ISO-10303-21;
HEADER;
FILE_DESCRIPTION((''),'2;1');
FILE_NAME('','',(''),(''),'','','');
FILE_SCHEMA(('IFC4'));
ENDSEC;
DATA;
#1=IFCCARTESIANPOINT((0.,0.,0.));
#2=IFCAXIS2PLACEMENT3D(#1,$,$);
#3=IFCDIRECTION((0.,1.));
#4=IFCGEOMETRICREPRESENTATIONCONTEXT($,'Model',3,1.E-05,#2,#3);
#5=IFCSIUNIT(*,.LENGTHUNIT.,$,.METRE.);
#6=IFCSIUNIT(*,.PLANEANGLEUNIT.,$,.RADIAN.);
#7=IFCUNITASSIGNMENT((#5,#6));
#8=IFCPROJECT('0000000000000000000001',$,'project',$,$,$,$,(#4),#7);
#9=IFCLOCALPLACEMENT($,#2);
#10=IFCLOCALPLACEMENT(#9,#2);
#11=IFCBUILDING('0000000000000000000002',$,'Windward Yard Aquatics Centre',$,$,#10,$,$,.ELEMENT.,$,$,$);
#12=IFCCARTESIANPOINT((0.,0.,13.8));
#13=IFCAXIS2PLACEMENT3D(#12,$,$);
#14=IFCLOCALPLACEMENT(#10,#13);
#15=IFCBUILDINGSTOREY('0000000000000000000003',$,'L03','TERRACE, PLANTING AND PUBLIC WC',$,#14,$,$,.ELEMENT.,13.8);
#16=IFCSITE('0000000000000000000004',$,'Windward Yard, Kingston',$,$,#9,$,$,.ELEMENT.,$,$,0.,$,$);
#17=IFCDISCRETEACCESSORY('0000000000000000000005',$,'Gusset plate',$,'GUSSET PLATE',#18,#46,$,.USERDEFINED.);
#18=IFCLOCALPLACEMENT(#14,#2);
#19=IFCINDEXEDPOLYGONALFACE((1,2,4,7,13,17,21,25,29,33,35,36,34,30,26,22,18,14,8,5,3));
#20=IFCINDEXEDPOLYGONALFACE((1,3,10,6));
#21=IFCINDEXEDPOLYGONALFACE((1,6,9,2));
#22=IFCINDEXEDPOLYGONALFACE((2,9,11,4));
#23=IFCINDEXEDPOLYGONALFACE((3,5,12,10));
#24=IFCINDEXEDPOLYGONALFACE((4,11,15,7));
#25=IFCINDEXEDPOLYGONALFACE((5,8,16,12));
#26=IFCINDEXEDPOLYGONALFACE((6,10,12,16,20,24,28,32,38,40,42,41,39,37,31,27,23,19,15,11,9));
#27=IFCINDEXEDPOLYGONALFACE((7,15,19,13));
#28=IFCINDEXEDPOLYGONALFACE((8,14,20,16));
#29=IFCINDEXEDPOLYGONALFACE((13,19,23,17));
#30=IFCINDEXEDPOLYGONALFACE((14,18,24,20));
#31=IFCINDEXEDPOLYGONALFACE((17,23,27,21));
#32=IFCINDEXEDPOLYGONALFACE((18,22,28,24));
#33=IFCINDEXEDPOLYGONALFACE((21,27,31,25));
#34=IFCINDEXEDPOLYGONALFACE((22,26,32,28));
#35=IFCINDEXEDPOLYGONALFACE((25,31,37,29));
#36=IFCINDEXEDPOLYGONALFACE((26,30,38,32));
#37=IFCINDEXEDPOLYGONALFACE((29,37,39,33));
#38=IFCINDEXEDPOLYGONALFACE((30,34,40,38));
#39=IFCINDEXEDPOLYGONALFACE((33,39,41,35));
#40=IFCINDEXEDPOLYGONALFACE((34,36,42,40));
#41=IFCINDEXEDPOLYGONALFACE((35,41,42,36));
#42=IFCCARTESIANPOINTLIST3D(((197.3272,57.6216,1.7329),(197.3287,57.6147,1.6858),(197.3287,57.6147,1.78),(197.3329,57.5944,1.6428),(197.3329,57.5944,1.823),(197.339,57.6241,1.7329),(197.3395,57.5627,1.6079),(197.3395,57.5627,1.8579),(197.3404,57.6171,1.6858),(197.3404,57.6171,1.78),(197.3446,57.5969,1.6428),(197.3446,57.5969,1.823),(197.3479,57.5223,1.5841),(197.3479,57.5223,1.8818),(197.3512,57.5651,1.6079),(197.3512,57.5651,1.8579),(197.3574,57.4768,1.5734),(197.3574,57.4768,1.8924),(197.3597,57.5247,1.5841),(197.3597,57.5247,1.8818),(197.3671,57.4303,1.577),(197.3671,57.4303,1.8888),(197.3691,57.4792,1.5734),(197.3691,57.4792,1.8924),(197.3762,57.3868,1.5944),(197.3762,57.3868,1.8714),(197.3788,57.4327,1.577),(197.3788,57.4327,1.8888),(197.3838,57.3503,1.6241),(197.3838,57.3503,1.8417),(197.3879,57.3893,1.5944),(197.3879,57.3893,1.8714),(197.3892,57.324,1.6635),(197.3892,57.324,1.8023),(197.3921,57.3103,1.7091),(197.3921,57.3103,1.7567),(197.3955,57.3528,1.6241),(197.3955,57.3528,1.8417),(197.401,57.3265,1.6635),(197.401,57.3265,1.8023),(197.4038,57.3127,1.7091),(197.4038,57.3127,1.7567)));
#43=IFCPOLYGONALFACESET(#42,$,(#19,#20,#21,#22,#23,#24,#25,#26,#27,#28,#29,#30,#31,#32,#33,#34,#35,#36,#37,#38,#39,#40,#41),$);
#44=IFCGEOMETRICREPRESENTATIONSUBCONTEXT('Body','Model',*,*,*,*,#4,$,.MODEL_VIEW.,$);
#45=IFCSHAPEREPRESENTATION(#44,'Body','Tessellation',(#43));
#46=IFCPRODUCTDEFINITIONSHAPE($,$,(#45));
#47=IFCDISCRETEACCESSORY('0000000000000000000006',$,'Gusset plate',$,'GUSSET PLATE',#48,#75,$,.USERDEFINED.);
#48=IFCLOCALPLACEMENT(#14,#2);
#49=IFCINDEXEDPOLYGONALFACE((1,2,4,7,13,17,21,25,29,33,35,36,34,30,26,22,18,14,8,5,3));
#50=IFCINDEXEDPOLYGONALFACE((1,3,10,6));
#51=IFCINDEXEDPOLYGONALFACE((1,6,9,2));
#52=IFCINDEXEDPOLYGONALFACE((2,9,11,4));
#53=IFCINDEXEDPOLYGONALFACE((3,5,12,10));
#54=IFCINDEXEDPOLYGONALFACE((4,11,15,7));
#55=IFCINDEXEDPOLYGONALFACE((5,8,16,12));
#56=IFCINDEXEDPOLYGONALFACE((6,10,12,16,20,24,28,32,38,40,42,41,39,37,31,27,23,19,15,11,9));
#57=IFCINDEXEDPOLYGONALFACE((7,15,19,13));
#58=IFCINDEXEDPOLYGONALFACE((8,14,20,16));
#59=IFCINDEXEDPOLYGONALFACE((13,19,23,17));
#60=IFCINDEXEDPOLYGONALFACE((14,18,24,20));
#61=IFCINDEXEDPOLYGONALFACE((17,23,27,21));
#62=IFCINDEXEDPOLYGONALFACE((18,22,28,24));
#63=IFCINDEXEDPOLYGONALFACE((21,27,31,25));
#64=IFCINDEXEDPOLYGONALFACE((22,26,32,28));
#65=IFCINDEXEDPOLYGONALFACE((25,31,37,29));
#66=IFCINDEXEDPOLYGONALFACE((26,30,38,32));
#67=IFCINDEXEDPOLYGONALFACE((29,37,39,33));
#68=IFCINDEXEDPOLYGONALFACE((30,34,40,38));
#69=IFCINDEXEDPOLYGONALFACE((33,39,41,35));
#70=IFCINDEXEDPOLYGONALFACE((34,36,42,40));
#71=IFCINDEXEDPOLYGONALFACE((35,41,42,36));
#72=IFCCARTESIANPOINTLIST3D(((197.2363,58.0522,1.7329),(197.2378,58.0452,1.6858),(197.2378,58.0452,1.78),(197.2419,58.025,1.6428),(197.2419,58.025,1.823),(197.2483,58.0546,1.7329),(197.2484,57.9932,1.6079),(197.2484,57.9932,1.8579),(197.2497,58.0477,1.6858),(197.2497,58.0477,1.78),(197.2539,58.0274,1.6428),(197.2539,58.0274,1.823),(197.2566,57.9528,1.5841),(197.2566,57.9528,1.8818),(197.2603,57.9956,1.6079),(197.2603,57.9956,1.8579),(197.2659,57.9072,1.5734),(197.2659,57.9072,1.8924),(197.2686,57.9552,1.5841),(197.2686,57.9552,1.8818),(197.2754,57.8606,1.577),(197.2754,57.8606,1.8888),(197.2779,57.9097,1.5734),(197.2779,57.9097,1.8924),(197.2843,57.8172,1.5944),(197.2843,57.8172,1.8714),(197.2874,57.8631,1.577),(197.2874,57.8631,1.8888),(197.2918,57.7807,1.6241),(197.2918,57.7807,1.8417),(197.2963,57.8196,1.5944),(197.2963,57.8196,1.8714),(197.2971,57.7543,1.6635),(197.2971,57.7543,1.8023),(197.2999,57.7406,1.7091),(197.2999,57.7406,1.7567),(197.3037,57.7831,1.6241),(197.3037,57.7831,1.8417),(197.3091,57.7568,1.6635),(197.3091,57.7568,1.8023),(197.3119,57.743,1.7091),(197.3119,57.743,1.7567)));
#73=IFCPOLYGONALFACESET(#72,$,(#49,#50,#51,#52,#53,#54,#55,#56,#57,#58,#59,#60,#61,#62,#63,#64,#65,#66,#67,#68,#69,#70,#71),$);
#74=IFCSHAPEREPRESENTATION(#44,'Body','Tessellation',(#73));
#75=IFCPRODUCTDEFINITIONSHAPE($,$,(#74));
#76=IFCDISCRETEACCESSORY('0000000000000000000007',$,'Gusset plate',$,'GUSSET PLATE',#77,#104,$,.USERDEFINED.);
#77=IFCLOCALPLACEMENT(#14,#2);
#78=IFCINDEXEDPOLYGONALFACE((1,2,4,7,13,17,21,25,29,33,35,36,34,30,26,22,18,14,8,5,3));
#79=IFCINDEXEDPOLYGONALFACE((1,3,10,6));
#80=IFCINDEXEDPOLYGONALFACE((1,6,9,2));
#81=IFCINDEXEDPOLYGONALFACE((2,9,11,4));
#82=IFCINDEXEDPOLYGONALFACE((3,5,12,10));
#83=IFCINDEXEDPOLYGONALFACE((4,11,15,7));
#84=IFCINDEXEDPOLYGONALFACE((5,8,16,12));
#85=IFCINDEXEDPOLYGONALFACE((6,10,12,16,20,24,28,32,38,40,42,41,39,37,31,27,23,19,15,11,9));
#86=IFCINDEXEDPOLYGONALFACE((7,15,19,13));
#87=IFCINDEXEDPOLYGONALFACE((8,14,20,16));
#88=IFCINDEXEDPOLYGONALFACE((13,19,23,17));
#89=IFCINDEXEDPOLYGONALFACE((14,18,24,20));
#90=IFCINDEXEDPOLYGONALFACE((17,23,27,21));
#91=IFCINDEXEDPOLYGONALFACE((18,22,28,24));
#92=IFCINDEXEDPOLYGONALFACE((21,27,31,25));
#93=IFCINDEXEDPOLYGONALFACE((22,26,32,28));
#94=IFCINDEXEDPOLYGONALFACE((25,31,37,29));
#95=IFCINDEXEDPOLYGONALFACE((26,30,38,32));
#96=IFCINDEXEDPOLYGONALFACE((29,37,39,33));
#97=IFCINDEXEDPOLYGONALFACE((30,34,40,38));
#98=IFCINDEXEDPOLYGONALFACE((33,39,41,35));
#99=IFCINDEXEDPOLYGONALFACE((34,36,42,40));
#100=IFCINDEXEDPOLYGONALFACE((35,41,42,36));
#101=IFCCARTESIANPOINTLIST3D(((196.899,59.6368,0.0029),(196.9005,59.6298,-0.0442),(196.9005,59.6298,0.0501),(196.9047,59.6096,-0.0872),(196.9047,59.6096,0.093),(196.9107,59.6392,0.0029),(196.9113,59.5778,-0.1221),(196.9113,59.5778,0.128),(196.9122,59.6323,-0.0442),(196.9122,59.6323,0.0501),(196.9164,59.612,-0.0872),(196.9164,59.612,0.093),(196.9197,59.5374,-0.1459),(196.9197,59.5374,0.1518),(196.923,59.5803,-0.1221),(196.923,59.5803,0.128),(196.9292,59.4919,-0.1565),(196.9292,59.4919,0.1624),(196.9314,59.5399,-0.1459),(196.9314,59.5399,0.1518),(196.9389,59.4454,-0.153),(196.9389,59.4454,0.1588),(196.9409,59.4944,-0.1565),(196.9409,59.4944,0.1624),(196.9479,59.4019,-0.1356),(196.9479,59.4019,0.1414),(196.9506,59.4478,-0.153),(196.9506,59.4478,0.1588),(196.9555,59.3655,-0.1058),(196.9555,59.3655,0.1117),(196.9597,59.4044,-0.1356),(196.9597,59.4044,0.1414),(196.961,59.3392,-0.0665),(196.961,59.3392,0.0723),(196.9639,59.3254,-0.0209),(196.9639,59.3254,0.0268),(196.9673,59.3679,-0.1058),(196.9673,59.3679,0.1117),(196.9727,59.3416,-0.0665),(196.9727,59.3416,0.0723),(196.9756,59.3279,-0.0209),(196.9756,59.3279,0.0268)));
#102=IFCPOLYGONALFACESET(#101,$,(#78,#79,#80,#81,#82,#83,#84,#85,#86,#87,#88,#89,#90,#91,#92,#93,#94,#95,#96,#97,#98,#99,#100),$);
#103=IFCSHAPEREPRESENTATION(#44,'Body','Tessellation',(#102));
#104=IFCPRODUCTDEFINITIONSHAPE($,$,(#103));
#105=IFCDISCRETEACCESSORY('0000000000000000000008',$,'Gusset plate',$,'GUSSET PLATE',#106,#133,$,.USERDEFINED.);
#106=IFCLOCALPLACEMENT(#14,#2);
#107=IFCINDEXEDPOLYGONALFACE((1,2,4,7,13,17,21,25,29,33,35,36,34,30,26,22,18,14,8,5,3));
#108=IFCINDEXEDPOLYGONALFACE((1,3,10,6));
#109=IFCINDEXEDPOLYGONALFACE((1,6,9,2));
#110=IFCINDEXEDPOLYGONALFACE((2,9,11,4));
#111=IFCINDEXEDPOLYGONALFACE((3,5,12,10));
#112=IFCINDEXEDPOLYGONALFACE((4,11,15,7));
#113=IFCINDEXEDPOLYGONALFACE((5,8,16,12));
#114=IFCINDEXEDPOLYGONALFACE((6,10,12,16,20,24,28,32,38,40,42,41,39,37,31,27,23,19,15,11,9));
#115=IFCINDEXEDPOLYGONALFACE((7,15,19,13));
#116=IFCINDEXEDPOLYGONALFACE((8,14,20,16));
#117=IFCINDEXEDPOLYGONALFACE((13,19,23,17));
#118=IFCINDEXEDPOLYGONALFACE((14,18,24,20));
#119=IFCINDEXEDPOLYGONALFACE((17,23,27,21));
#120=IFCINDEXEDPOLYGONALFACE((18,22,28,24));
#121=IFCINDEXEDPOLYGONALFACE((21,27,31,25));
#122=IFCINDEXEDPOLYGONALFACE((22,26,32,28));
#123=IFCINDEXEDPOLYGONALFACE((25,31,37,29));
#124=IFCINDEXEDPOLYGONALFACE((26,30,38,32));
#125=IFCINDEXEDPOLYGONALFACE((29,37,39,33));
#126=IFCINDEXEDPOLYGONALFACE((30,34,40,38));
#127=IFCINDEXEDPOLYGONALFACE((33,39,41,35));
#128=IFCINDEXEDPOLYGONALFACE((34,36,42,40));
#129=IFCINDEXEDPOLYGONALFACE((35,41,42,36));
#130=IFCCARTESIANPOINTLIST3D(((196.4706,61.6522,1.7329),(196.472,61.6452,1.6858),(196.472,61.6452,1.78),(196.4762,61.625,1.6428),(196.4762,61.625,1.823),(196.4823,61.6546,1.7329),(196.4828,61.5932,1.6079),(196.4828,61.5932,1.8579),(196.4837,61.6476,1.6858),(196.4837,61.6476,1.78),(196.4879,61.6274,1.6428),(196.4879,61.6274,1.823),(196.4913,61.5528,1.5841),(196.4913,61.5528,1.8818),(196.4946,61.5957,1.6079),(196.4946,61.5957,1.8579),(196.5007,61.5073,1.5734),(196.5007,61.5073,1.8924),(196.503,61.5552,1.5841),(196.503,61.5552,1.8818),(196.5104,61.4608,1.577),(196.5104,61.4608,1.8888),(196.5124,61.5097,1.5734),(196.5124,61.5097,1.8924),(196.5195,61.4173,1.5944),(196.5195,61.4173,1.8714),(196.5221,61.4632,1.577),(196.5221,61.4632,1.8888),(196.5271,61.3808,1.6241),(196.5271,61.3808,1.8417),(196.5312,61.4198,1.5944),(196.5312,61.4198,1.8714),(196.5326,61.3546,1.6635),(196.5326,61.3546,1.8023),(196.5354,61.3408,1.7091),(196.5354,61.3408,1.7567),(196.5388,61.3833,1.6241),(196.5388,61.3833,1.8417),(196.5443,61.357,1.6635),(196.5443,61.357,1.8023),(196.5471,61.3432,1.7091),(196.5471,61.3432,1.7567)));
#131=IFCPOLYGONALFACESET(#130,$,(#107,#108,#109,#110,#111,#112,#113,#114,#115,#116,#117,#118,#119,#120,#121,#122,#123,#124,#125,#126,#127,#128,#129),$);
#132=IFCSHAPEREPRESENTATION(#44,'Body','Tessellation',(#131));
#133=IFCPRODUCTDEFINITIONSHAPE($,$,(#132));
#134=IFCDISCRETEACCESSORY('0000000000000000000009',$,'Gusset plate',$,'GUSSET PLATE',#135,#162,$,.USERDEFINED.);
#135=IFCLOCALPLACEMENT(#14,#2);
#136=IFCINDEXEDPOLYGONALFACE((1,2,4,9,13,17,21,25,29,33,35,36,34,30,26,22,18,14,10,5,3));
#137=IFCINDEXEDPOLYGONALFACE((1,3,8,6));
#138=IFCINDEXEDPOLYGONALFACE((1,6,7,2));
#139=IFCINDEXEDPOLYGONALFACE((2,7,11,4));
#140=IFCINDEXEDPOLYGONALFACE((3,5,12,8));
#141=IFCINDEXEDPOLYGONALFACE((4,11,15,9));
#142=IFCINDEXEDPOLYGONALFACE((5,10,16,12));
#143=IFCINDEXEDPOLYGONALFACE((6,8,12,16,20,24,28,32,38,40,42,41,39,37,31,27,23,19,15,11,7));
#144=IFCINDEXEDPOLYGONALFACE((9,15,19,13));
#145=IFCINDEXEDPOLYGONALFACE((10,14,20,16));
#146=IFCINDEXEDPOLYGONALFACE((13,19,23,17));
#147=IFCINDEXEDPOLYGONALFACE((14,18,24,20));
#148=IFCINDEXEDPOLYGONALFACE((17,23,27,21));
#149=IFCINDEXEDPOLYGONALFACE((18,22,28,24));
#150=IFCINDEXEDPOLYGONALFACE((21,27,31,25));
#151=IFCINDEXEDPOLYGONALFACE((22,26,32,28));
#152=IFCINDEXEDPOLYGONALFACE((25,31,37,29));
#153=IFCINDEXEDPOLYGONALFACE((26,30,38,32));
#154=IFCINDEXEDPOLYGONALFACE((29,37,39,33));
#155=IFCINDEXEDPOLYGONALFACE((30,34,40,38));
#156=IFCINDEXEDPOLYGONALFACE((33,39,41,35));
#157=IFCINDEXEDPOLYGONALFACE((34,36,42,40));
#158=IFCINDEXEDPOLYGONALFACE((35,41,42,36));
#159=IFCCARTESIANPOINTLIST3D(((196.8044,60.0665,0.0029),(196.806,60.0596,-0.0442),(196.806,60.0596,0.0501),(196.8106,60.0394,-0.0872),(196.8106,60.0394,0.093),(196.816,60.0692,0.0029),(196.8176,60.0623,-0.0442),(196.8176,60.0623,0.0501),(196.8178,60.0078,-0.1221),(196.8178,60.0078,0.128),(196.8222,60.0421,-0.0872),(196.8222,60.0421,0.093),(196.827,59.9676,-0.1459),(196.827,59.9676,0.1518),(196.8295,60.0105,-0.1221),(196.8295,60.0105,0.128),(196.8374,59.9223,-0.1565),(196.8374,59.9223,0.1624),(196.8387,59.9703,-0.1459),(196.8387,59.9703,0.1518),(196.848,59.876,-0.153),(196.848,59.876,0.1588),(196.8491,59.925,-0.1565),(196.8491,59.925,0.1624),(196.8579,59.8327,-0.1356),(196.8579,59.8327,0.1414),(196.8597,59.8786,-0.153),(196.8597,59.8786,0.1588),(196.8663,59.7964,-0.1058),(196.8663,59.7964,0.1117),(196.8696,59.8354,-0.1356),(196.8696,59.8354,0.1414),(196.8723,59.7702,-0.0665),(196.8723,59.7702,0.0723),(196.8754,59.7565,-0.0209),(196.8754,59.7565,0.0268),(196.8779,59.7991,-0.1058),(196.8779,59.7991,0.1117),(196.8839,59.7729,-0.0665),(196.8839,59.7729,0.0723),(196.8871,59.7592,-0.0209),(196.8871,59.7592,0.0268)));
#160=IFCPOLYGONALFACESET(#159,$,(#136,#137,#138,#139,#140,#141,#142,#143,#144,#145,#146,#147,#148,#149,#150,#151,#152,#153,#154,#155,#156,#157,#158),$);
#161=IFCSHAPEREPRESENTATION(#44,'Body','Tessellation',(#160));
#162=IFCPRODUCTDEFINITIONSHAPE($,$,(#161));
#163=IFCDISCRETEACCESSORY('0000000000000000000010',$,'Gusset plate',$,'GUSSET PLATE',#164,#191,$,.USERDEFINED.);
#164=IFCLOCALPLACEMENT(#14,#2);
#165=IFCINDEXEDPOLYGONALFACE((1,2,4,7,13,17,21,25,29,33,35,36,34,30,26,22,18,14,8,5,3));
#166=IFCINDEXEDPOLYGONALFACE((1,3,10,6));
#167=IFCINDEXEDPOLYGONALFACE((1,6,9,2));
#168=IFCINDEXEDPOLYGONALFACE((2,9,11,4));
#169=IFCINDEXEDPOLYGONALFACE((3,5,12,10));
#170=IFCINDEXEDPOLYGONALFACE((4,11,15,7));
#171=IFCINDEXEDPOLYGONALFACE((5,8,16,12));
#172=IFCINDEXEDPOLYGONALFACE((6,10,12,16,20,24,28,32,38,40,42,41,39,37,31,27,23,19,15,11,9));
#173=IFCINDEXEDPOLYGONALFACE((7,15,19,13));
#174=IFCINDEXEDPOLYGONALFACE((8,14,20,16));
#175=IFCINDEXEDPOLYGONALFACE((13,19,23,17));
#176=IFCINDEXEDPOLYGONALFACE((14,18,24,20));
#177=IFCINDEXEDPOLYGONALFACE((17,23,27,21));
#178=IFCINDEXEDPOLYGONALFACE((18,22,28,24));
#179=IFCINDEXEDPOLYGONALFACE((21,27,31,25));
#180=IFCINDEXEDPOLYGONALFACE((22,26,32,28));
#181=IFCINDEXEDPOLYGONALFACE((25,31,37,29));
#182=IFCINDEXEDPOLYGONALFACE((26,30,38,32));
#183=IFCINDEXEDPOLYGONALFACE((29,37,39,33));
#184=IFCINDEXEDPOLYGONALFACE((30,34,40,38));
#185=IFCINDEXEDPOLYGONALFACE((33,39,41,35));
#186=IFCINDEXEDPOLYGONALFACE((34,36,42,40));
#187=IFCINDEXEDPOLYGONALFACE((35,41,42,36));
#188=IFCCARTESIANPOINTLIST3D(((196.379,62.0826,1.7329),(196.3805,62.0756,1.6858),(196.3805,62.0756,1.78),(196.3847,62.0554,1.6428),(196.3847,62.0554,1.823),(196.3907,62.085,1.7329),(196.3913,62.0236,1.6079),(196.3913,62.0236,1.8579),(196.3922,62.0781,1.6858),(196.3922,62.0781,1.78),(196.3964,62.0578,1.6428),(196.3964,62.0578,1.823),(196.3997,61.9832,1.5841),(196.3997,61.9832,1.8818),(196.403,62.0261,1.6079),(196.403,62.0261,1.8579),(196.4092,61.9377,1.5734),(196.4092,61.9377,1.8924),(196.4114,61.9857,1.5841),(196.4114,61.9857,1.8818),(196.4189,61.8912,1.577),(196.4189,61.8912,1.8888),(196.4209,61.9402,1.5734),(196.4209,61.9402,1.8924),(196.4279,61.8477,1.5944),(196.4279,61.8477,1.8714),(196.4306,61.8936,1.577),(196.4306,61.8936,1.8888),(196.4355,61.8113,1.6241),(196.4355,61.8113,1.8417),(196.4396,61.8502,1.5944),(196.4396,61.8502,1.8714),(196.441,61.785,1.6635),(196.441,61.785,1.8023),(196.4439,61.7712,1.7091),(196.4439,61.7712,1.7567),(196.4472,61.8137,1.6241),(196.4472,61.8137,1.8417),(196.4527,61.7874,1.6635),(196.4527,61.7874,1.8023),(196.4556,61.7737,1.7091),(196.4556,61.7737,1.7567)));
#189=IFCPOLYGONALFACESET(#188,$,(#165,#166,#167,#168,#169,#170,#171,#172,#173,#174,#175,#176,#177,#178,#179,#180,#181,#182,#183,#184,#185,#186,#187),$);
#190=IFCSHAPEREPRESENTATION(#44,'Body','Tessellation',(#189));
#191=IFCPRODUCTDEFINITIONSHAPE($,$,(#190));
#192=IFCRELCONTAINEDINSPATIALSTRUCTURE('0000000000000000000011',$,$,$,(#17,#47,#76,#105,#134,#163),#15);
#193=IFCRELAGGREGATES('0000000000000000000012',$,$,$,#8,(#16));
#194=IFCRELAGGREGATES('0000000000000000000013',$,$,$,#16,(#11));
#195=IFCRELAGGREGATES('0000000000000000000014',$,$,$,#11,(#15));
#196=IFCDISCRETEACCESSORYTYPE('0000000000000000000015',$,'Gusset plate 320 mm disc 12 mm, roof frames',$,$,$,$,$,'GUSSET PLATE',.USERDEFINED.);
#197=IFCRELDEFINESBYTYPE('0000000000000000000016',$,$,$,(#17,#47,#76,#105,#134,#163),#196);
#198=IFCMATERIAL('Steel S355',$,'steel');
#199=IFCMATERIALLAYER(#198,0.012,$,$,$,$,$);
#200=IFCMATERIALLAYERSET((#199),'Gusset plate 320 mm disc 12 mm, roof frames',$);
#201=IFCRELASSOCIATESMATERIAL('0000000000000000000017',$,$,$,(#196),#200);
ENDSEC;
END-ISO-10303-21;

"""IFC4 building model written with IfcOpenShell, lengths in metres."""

from ifc_helpers import new_model, si_unit, direction, frame, origin, origin_2d, place, context, subcontext, project, spatial, circle, extrude, material, layer, layer_set, type_object, element, save


model = new_model("IFC4")

# Units and contexts
model_context = context("Model", 3, precision=1e-05, world=origin(), true_north=direction((0.0, 1.0)))
body_context = subcontext(model_context, "Body", "Model", "MODEL_VIEW")
ifc_project = project(units=[si_unit("LENGTHUNIT", "METRE"), si_unit("PLANEANGLEUNIT", "RADIAN")], contexts=[model_context])

# Site, building, storey
site_placement = place(None, origin())
site = spatial("IfcSite", under=ifc_project, at=site_placement, Name="Windward Yard, Kingston", CompositionType="ELEMENT", RefElevation=0.0)
building_placement = place(site_placement, origin())
building = spatial("IfcBuilding", under=site, at=building_placement, Name="Windward Yard Aquatics Centre", CompositionType="ELEMENT")
storey_placement = place(building_placement, frame((0.0, 0.0, 13.8)))
storey = spatial("IfcBuildingStorey", under=building, at=storey_placement, Name="L03", Description="TERRACE, PLANTING AND PUBLIC WC", CompositionType="ELEMENT", Elevation=13.8)

# Discrete accessories
ifc_material_1 = material(Name="Steel S355", Category="steel")
ifc_layer = layer(ifc_material_1, 0.012)
ifc_layer_set = layer_set([ifc_layer], Name="Gusset plate 320 mm disc 12 mm, roof frames")
discrete_accessory_type = type_object("IfcDiscreteAccessoryType", Name="Gusset plate 320 mm disc 12 mm, roof frames", ElementType="GUSSET PLATE", PredefinedType="USERDEFINED", material=ifc_layer_set)
for number, where, z_axis, x_axis, name in (
    (1, (197.3599, 57.4651, 1.7329), (0.97898, 0.203954, 0.0), (-0.203954, 0.97898, 0.0), "Gusset plate"),
):
    element("IfcDiscreteAccessory", number, at=place(storey_placement, frame(where, z_axis=z_axis, x_axis=x_axis)), inside=storey, type_object=discrete_accessory_type, Name=name, ObjectType="GUSSET PLATE", PredefinedType="USERDEFINED", context=body_context, shape_type="SweptSolid", body=[
        extrude(circle(Radius=0.1599, at=origin_2d()), origin(), (0.0, 0.0, 1.0), 0.012),
    ])
discrete_accessory_1_placement = place(storey_placement, frame((197.2683, 57.8955, 1.7329), z_axis=(0.979804, 0.19996, 0.0), x_axis=(-0.19996, 0.979804, 0.0)))
element("IfcDiscreteAccessory", 2, at=discrete_accessory_1_placement, inside=storey, type_object=discrete_accessory_type, Name="Gusset plate", ObjectType="GUSSET PLATE", PredefinedType="USERDEFINED", context=body_context, shape_type="SweptSolid", body=[
    extrude(circle(Radius=0.1599, at=origin_2d()), origin(), (0.0, 0.0, 1.0), 0.0122),
])
for number, where, z_axis, x_axis, name in (
    (3, (196.9316, 59.4802, 0.0029), (0.97898, 0.203954, 0.0), (-0.203954, 0.97898, 0.0), "Gusset plate"),
    (4, (196.5032, 61.4956, 1.7329), (0.97898, 0.203954, 0.0), (-0.203954, 0.97898, 0.0), "Gusset plate"),
    (5, (196.8401, 59.9106, 0.0029), (0.974732, 0.223376, 0.0), (-0.223376, 0.974732, 0.0), "Gusset plate"),
    (6, (196.4116, 61.926, 1.7329), (0.97898, 0.203954, 0.0), (-0.203954, 0.97898, 0.0), "Gusset plate"),
):
    element("IfcDiscreteAccessory", number, at=place(storey_placement, frame(where, z_axis=z_axis, x_axis=x_axis)), inside=storey, type_object=discrete_accessory_type, Name=name, ObjectType="GUSSET PLATE", PredefinedType="USERDEFINED", context=body_context, shape_type="SweptSolid", body=[
        extrude(circle(Radius=0.1599, at=origin_2d()), origin(), (0.0, 0.0, 1.0), 0.012),
    ])

save(model, "model.ifc")
